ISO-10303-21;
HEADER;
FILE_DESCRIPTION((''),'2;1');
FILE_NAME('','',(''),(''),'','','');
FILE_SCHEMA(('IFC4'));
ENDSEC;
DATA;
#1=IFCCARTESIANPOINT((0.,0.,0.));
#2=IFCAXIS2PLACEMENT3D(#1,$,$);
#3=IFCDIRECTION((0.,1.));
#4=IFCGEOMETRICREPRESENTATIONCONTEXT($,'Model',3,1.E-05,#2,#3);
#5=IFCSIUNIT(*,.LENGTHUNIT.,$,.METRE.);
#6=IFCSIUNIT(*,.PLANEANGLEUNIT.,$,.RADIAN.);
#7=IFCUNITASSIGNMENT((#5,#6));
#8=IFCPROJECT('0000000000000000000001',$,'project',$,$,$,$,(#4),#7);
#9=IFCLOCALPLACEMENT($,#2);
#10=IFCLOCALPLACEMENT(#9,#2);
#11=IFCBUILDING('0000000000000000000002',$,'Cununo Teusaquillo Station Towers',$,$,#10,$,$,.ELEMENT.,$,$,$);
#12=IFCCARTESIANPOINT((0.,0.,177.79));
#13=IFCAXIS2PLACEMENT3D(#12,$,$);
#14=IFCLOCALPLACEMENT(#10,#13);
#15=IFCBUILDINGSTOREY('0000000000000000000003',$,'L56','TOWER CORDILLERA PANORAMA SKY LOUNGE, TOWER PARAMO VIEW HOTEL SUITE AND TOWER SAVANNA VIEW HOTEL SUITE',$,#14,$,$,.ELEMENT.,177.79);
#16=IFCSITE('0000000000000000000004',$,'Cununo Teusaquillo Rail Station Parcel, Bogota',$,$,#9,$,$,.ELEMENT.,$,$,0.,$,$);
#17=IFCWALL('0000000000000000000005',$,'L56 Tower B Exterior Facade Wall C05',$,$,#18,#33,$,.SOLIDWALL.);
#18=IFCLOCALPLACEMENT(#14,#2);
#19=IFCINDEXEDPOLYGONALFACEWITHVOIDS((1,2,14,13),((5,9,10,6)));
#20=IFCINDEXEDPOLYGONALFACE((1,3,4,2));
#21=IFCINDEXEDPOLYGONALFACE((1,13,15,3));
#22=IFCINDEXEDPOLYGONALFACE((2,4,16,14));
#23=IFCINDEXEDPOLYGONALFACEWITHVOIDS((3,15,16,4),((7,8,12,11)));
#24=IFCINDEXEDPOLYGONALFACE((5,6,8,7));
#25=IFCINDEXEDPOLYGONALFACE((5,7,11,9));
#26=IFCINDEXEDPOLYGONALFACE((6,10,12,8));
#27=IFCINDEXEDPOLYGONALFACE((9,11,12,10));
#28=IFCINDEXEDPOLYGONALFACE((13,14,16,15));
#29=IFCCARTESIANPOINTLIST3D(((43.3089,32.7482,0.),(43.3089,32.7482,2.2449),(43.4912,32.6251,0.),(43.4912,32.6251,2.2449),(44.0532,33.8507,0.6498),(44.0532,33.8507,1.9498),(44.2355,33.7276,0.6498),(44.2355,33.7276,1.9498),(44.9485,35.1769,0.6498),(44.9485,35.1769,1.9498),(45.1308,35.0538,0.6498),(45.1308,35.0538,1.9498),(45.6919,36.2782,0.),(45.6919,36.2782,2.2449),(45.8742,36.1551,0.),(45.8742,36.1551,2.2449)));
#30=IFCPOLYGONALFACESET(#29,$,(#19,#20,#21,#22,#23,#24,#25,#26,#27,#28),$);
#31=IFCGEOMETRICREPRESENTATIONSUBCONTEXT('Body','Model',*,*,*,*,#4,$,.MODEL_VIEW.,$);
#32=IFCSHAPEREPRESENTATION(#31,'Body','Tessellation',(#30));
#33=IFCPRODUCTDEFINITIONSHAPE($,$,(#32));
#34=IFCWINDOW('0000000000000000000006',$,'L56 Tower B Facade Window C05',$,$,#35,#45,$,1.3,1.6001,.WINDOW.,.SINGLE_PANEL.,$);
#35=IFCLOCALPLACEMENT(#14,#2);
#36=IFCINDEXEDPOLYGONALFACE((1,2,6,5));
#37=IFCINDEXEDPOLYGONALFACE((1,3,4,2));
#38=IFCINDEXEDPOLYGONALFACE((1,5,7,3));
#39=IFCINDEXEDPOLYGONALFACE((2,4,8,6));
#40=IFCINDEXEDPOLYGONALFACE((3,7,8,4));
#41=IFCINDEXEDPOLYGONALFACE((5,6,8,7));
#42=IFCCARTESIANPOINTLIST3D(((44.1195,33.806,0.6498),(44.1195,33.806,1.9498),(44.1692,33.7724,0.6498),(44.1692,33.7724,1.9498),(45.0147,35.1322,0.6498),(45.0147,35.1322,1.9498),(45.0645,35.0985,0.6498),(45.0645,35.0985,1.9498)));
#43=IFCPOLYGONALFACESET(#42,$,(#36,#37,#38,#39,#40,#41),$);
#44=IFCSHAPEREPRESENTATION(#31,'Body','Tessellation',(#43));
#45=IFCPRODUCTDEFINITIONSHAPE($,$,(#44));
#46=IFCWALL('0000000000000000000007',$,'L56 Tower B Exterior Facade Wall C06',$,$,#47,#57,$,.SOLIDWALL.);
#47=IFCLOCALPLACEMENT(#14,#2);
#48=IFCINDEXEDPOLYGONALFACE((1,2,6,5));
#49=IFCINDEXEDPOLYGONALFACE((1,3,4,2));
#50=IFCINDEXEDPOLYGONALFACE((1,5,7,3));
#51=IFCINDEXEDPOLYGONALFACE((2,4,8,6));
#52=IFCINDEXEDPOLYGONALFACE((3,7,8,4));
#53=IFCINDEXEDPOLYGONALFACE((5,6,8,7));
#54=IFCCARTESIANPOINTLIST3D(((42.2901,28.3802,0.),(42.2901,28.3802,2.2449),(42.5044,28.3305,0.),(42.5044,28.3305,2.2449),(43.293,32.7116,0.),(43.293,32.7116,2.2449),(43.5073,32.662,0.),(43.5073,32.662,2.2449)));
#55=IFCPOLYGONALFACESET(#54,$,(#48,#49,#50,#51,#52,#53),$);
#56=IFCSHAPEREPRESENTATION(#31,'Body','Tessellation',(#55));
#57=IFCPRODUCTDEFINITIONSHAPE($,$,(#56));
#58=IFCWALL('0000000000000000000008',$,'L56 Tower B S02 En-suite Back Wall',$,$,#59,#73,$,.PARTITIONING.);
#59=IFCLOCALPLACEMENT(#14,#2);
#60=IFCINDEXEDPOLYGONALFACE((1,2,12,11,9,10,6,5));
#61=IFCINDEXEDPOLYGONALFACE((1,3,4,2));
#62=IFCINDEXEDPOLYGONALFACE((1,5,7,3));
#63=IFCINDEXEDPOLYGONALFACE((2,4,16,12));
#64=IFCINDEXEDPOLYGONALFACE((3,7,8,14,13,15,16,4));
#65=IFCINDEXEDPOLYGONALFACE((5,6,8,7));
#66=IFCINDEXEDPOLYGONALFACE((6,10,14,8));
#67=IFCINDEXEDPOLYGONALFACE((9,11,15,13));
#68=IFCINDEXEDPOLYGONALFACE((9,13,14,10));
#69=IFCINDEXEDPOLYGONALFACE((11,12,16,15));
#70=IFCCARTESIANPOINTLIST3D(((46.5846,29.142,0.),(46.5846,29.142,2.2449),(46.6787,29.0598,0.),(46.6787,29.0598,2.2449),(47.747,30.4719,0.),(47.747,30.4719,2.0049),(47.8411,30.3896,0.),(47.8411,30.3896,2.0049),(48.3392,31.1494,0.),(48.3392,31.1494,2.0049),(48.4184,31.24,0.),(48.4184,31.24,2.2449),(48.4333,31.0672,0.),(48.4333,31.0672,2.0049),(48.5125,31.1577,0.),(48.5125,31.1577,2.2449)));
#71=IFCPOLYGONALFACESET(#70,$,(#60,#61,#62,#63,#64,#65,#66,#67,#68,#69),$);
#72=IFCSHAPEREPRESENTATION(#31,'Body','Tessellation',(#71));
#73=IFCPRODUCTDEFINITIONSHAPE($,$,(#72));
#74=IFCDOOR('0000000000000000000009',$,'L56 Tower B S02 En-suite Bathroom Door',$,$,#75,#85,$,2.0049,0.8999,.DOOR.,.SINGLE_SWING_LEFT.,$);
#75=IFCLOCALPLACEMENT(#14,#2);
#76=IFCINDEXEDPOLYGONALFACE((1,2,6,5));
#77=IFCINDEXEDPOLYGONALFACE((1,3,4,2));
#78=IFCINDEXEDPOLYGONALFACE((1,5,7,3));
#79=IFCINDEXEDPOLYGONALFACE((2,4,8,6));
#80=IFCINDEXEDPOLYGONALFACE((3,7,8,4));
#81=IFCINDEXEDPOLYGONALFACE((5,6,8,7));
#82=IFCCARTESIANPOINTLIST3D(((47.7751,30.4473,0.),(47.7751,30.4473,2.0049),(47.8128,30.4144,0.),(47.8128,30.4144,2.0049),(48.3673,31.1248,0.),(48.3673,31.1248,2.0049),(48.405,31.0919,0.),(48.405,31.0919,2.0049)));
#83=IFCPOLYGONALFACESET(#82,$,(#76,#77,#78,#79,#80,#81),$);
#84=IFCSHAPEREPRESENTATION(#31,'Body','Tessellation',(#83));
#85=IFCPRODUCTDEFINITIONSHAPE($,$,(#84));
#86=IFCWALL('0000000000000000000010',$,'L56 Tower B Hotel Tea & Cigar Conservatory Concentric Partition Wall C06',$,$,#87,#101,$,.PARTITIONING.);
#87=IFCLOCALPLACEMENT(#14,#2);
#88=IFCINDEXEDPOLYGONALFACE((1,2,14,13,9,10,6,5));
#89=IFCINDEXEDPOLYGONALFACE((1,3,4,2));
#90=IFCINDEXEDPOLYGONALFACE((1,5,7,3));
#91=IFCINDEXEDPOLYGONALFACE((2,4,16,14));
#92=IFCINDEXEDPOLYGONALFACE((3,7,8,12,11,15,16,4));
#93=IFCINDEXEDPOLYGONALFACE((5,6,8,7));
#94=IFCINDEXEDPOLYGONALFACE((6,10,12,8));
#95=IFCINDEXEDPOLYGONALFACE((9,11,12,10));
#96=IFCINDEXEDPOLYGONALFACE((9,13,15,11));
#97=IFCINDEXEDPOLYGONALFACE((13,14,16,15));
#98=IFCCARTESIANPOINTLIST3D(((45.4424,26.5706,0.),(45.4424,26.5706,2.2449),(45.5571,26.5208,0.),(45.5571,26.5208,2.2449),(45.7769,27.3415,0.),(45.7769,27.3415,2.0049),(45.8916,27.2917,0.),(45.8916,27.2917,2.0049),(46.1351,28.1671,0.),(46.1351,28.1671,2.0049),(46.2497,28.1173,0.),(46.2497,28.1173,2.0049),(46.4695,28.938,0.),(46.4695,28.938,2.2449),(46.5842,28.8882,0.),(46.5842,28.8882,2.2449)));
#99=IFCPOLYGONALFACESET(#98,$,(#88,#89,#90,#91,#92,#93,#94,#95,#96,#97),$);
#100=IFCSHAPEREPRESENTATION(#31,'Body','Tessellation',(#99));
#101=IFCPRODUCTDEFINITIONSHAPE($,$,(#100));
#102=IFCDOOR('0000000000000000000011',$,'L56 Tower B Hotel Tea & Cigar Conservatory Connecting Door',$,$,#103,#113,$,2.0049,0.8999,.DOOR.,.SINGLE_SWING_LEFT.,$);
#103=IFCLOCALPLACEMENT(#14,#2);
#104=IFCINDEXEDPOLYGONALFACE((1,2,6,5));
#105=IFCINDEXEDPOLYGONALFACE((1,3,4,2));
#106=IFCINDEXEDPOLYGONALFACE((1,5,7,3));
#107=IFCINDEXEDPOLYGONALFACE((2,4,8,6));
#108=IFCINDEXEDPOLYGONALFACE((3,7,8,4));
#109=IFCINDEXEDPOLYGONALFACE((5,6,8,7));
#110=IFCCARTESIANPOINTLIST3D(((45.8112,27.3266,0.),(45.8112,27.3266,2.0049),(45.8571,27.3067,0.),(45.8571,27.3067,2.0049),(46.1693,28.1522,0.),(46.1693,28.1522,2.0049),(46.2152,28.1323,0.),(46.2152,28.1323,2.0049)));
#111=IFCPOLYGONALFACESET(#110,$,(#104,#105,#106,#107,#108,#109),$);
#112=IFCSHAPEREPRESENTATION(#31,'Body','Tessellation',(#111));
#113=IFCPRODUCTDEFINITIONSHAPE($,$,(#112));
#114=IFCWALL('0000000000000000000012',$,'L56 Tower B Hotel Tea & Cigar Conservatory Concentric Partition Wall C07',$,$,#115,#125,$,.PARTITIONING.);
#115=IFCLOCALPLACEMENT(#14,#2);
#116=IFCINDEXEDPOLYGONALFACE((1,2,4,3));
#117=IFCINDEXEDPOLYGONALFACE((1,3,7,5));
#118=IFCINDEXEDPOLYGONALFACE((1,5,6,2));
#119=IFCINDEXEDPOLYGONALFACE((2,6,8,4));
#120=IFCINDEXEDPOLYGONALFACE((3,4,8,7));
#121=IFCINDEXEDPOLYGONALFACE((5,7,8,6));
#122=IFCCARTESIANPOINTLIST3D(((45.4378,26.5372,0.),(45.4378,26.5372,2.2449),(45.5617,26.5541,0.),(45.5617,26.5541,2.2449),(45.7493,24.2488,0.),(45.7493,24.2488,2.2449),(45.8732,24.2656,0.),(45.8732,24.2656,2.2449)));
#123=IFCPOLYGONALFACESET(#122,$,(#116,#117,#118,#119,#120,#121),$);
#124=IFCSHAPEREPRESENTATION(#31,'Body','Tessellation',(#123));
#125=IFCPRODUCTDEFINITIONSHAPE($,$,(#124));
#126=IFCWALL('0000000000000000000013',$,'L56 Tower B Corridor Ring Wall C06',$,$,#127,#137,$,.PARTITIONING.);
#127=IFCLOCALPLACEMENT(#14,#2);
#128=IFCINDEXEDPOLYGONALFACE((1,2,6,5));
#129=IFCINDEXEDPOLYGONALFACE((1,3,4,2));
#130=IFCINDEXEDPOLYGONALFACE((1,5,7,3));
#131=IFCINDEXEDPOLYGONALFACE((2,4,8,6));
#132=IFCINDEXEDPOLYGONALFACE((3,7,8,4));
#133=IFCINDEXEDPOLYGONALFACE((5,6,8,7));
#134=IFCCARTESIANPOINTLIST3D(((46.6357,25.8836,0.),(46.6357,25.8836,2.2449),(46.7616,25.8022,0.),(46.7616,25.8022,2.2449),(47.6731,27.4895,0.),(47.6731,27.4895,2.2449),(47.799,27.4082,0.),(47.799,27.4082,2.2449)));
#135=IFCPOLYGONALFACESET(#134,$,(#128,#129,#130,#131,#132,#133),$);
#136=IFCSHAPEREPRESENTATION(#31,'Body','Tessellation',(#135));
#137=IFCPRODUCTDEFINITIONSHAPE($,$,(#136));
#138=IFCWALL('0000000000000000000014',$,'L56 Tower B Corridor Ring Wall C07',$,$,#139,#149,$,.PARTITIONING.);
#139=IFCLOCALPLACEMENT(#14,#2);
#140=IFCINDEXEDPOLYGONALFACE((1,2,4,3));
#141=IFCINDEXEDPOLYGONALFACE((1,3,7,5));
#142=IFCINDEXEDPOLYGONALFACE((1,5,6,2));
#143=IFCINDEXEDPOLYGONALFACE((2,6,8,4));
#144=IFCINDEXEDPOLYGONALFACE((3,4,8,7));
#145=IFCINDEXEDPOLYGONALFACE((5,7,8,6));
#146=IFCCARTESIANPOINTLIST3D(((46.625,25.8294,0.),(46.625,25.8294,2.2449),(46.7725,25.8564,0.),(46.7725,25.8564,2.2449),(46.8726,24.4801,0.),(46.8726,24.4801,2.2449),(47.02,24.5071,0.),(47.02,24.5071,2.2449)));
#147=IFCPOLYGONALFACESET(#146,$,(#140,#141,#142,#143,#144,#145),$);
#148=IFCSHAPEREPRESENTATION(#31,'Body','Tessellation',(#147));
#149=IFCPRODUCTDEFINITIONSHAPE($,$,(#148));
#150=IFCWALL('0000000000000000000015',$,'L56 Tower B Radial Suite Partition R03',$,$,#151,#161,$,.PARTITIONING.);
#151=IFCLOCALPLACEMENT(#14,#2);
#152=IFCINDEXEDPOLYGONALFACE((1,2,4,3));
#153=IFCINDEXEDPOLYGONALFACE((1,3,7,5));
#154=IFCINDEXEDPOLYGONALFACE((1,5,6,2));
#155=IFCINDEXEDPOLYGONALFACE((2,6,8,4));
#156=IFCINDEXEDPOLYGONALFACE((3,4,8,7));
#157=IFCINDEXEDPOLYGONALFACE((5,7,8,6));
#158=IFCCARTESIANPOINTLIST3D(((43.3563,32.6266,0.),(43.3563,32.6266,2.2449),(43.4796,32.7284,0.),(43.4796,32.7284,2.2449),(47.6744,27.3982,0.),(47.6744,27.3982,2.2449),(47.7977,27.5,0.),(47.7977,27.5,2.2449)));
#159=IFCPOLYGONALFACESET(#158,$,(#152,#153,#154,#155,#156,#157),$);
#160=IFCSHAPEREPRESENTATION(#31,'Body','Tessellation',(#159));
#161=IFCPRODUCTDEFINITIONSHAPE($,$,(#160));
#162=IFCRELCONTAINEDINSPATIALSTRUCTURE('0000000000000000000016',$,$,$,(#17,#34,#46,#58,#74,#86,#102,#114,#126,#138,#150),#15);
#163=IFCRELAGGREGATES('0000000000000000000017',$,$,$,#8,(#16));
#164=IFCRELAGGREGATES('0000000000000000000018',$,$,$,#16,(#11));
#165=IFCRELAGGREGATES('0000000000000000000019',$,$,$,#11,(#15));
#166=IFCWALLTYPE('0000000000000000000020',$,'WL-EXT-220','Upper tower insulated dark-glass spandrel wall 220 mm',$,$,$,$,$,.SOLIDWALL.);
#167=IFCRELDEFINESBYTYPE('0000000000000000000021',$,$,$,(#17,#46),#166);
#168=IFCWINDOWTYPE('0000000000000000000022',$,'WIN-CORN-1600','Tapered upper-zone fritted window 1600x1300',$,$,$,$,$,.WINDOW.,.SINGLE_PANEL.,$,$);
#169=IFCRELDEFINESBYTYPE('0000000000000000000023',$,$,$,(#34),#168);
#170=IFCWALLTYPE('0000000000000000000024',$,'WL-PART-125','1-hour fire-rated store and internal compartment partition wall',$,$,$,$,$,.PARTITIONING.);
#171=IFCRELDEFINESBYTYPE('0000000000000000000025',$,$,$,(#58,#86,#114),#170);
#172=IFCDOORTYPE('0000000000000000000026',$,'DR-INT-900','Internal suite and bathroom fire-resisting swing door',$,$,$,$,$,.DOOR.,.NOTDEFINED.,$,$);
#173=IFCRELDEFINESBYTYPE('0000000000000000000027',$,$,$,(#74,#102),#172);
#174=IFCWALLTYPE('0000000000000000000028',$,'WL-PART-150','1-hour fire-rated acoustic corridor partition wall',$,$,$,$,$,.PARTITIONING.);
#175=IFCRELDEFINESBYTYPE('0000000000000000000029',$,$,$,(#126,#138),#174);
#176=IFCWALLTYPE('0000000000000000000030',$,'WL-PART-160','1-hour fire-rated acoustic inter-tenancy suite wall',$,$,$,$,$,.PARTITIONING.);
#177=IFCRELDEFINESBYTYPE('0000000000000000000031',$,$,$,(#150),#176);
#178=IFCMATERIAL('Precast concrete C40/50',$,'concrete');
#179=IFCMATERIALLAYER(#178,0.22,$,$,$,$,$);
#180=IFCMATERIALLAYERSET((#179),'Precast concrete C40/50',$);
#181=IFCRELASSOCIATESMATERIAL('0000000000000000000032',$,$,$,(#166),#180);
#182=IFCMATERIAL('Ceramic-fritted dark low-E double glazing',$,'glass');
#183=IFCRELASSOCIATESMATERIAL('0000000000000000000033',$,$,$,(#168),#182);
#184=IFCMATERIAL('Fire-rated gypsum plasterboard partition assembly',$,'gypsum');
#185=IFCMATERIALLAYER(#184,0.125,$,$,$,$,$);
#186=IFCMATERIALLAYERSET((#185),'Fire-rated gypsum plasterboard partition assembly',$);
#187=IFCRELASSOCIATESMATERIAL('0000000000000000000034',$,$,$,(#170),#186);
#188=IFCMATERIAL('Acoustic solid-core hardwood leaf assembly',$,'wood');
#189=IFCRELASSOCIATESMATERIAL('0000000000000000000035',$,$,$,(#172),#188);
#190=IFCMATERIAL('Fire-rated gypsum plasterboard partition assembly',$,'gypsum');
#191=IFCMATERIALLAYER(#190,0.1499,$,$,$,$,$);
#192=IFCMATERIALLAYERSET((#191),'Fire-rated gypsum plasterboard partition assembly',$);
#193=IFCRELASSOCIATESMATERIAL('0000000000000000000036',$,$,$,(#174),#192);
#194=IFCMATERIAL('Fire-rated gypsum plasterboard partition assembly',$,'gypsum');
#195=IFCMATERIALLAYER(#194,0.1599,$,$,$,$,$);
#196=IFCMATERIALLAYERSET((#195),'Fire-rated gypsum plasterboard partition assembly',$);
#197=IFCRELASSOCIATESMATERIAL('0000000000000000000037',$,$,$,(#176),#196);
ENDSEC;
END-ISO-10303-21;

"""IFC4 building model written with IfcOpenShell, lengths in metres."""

from ifc_helpers import new_model, si_unit, direction, frame, frame_2d, origin, place, context, subcontext, project, spatial, rectangle, extrude, source, transform, mapped, material, layer, layer_set, type_object, element, fill, save


model = new_model("IFC4")

# Units and contexts
model_context = context("Model", 3, precision=1e-05, world=origin(), true_north=direction((0.0, 1.0)))
body_context = subcontext(model_context, "Body", "Model", "MODEL_VIEW")
ifc_project = project(units=[si_unit("LENGTHUNIT", "METRE"), si_unit("PLANEANGLEUNIT", "RADIAN")], contexts=[model_context])

# Site, building, storey
site_placement = place(None, origin())
site = spatial("IfcSite", under=ifc_project, at=site_placement, Name="Cununo Teusaquillo Rail Station Parcel, Bogota", CompositionType="ELEMENT", RefElevation=0.0)
building_placement = place(site_placement, origin())
building = spatial("IfcBuilding", under=site, at=building_placement, Name="Cununo Teusaquillo Station Towers", CompositionType="ELEMENT")
storey_placement = place(building_placement, frame((0.0, 0.0, 177.79)))
storey = spatial("IfcBuildingStorey", under=building, at=storey_placement, Name="L56", Description="TOWER CORDILLERA PANORAMA SKY LOUNGE, TOWER PARAMO VIEW HOTEL SUITE AND TOWER SAVANNA VIEW HOTEL SUITE", CompositionType="ELEMENT", Elevation=177.79)

# Shared definitions
ifc_material_1 = material(Name="Precast concrete C40/50", Category="concrete")
ifc_layer_1 = layer(ifc_material_1, 0.22)
ifc_layer_set_1 = layer_set([ifc_layer_1], Name="Precast concrete C40/50")
wall_type_1 = type_object("IfcWallType", Name="WL-EXT-220", Description="Upper tower insulated dark-glass spandrel wall 220 mm", PredefinedType="SOLIDWALL", material=ifc_layer_set_1)

# Wall, opening, window
wall_1_placement = place(storey_placement, frame((43.4001, 32.6868, 0.0), z_axis=(0.0, 0.0, 1.0), x_axis=(0.559519, 0.828817, 0.0)))
wall_1 = element("IfcWall", 1, at=wall_1_placement, inside=storey, type_object=wall_type_1, Name="L56 Tower B Exterior Facade Wall C05", PredefinedType="SOLIDWALL", context=body_context, shape_type="SweptSolid", body=[
    extrude(rectangle(XDim=4.259, YDim=0.22, at=frame_2d((2.1294, 0.0))), origin(), (0.0, 0.0, 1.0), 2.2449),
])
shared_shape_1 = source(origin(), body_context, "Body", "SweptSolid", [
    extrude(rectangle(XDim=1.6001, YDim=1.3, at=frame_2d((0.8, 0.6499))), frame((0.0, 0.1199, 0.0), z_axis=(0.0, -1.0, 0.0), x_axis=(1.0, 0.0, 0.0)), (0.0, 0.0, 1.0), 0.24),
])
opening_1_placement = place(wall_1_placement, frame((1.3301, 0.0, 0.6499)))
opening_1 = element("IfcOpeningElement", 2, at=opening_1_placement, cuts=wall_1, PredefinedType="OPENING", context=body_context, shape_type="MappedRepresentation", body=[
    mapped(shared_shape_1, transform((0.0, 0.0, 0.0), x_axis=(1.0, 0.0, 0.0), y_axis=(0.0, 1.0, 0.0), z_axis=(0.0, 0.0, 1.0), scale=1.0)),
])
ifc_material_2 = material(Name="Ceramic-fritted dark low-E double glazing", Category="glass")
window_type = type_object("IfcWindowType", Name="WIN-CORN-1600", Description="Tapered upper-zone fritted window 1600x1300", PartitioningType="SINGLE_PANEL", PredefinedType="WINDOW", material=ifc_material_2)
shared_shape_2 = source(origin(), body_context, "Body", "SweptSolid", [
    extrude(rectangle(XDim=1.6001, YDim=1.3, at=frame_2d((0.8, 0.6499))), frame((0.0, 0.03, 0.0), z_axis=(0.0, -1.0, 0.0), x_axis=(1.0, 0.0, 0.0)), (0.0, 0.0, 1.0), 0.0601),
])
window_placement = place(opening_1_placement, origin())
window = element("IfcWindow", 3, at=window_placement, inside=storey, type_object=window_type, Name="L56 Tower B Facade Window C05", OverallHeight=1.3, OverallWidth=1.6001, PartitioningType="SINGLE_PANEL", PredefinedType="WINDOW", context=body_context, shape_type="MappedRepresentation", body=[
    mapped(shared_shape_2, transform((0.0, 0.0, 0.0), x_axis=(1.0, 0.0, 0.0), y_axis=(0.0, 1.0, 0.0), z_axis=(0.0, 0.0, 1.0), scale=1.0)),
])
fill(opening_1, window)

# Wall
wall_2_placement = place(storey_placement, frame((42.3972, 28.3552, 0.0), z_axis=(0.0, 0.0, 1.0), x_axis=(0.225573, 0.974226, 0.0)))
element("IfcWall", 4, at=wall_2_placement, inside=storey, type_object=wall_type_1, Name="L56 Tower B Exterior Facade Wall C06", PredefinedType="SOLIDWALL", context=body_context, shape_type="SweptSolid", body=[
    extrude(rectangle(XDim=4.446, YDim=0.22, at=frame_2d((2.2231, 0.0))), origin(), (0.0, 0.0, 1.0), 2.2449),
])

# Walls, openings, doors
ifc_material_3 = material(Name="Fire-rated gypsum plasterboard partition assembly", Category="gypsum")
ifc_layer_2 = layer(ifc_material_3, 0.125)
ifc_layer_set_2 = layer_set([ifc_layer_2], Name="Fire-rated gypsum plasterboard partition assembly")
wall_type_2 = type_object("IfcWallType", Name="WL-PART-125", Description="1-hour fire-rated store and internal compartment partition wall", PredefinedType="PARTITIONING", material=ifc_layer_set_2)
wall_3_placement = place(storey_placement, frame((48.4653, 31.1987, 0.0), z_axis=(0.0, 0.0, 1.0), x_axis=(-0.658114, -0.752919, 0.0)))
wall_3 = element("IfcWall", 5, at=wall_3_placement, inside=storey, type_object=wall_type_2, Name="L56 Tower B S02 En-suite Back Wall", PredefinedType="PARTITIONING", context=body_context, shape_type="SweptSolid", body=[
    extrude(rectangle(XDim=2.7864, YDim=0.125, at=frame_2d((1.3931, 0.0))), origin(), (0.0, 0.0, 1.0), 2.2449),
])
shared_shape_3 = source(origin(), body_context, "Body", "SweptSolid", [
    extrude(rectangle(XDim=0.8999, YDim=2.0049, at=frame_2d((0.45, 1.0024))), frame((0.0, 0.0725, 0.0), z_axis=(0.0, -1.0, 0.0), x_axis=(1.0, 0.0, 0.0)), (0.0, 0.0, 1.0), 0.145),
])
opening_2_placement = place(wall_3_placement, frame((0.1201, 0.0, 0.0)))
opening_2 = element("IfcOpeningElement", 6, at=opening_2_placement, cuts=wall_3, PredefinedType="OPENING", context=body_context, shape_type="MappedRepresentation", body=[
    mapped(shared_shape_3, transform((0.0, 0.0, 0.0), x_axis=(1.0, 0.0, 0.0), y_axis=(0.0, 1.0, 0.0), z_axis=(0.0, 0.0, 1.0), scale=1.0)),
])
ifc_material_4 = material(Name="Acoustic solid-core hardwood leaf assembly", Category="wood")
door_type_1 = type_object("IfcDoorType", Name="DR-INT-900", Description="Internal suite and bathroom fire-resisting swing door", OperationType="NOTDEFINED", PredefinedType="DOOR", material=ifc_material_4)
shared_shape_4 = source(origin(), body_context, "Body", "SweptSolid", [
    extrude(rectangle(XDim=0.8999, YDim=2.0049, at=frame_2d((0.45, 1.0024))), frame((0.0, 0.0249, 0.0), z_axis=(0.0, -1.0, 0.0), x_axis=(1.0, 0.0, 0.0)), (0.0, 0.0, 1.0), 0.05),
])
door_1_placement = place(opening_2_placement, origin())
door_1 = element("IfcDoor", 7, at=door_1_placement, inside=storey, type_object=door_type_1, Name="L56 Tower B S02 En-suite Bathroom Door", OperationType="SINGLE_SWING_LEFT", OverallHeight=2.0049, OverallWidth=0.8999, PredefinedType="DOOR", context=body_context, shape_type="MappedRepresentation", body=[
    mapped(shared_shape_4, transform((0.0, 0.0, 0.0), x_axis=(1.0, 0.0, 0.0), y_axis=(0.0, 1.0, 0.0), z_axis=(0.0, 0.0, 1.0), scale=1.0)),
])
fill(opening_2, door_1)
wall_4_placement = place(storey_placement, frame((46.5269, 28.9131, 0.0), z_axis=(0.0, 0.0, 1.0), x_axis=(-0.398003, -0.917384, 0.0)))
wall_4 = element("IfcWall", 8, at=wall_4_placement, inside=storey, type_object=wall_type_2, Name="L56 Tower B Hotel Tea & Cigar Conservatory Concentric Partition Wall C06", PredefinedType="PARTITIONING", context=body_context, shape_type="SweptSolid", body=[
    extrude(rectangle(XDim=2.5806, YDim=0.125, at=frame_2d((1.2903, 0.0))), origin(), (0.0, 0.0, 1.0), 2.2449),
])
opening_3_placement = place(wall_4_placement, frame((0.8403, 0.0, 0.0)))
opening_3 = element("IfcOpeningElement", 9, at=opening_3_placement, cuts=wall_4, PredefinedType="OPENING", context=body_context, shape_type="MappedRepresentation", body=[
    mapped(shared_shape_3, transform((0.0, 0.0, 0.0), x_axis=(1.0, 0.0, 0.0), y_axis=(0.0, 1.0, 0.0), z_axis=(0.0, 0.0, 1.0), scale=1.0)),
])
door_2_placement = place(opening_3_placement, origin())
door_2 = element("IfcDoor", 10, at=door_2_placement, inside=storey, type_object=door_type_1, Name="L56 Tower B Hotel Tea & Cigar Conservatory Connecting Door", OperationType="SINGLE_SWING_LEFT", OverallHeight=2.0049, OverallWidth=0.8999, PredefinedType="DOOR", context=body_context, shape_type="MappedRepresentation", body=[
    mapped(shared_shape_4, transform((0.0, 0.0, 0.0), x_axis=(1.0, 0.0, 0.0), y_axis=(0.0, 1.0, 0.0), z_axis=(0.0, 0.0, 1.0), scale=1.0)),
])
fill(opening_3, door_2)

# Walls
wall_5_placement = place(storey_placement, frame((45.4998, 26.5457, 0.0), z_axis=(0.0, 0.0, 1.0), x_axis=(0.134877, -0.990862, 0.0)))
element("IfcWall", 11, at=wall_5_placement, inside=storey, type_object=wall_type_2, Name="L56 Tower B Hotel Tea & Cigar Conservatory Concentric Partition Wall C07", PredefinedType="PARTITIONING", context=body_context, shape_type="SweptSolid", body=[
    extrude(rectangle(XDim=2.3096, YDim=0.125, at=frame_2d((1.1548, 0.0))), origin(), (0.0, 0.0, 1.0), 2.2449),
])
ifc_material_5 = material(Name="Fire-rated gypsum plasterboard partition assembly", Category="gypsum")
ifc_layer_3 = layer(ifc_material_5, 0.1499)
ifc_layer_set_3 = layer_set([ifc_layer_3], Name="Fire-rated gypsum plasterboard partition assembly")
wall_type_3 = type_object("IfcWallType", Name="WL-PART-150", Description="1-hour fire-rated acoustic corridor partition wall", PredefinedType="PARTITIONING", material=ifc_layer_set_3)
wall_6_placement = place(storey_placement, frame((47.7361, 27.449, 0.0), z_axis=(0.0, 0.0, 1.0), x_axis=(-0.542589, -0.839998, 0.0)))
element("IfcWall", 12, at=wall_6_placement, inside=storey, type_object=wall_type_3, Name="L56 Tower B Corridor Ring Wall C06", PredefinedType="PARTITIONING", context=body_context, shape_type="SweptSolid", body=[
    extrude(rectangle(XDim=1.9119, YDim=0.1499, at=frame_2d((0.9561, 0.0))), origin(), (0.0, 0.0, 1.0), 2.2449),
])
wall_7_placement = place(storey_placement, frame((46.6987, 25.843, 0.0), z_axis=(0.0, 0.0, 1.0), x_axis=(0.180451, -0.983584, 0.0)))
element("IfcWall", 13, at=wall_7_placement, inside=storey, type_object=wall_type_3, Name="L56 Tower B Corridor Ring Wall C07", PredefinedType="PARTITIONING", context=body_context, shape_type="SweptSolid", body=[
    extrude(rectangle(XDim=1.3718, YDim=0.1499, at=frame_2d((0.686, 0.0))), origin(), (0.0, 0.0, 1.0), 2.2449),
])
ifc_material_6 = material(Name="Fire-rated gypsum plasterboard partition assembly", Category="gypsum")
ifc_layer_4 = layer(ifc_material_6, 0.1599)
ifc_layer_set_4 = layer_set([ifc_layer_4], Name="Fire-rated gypsum plasterboard partition assembly")
wall_type_4 = type_object("IfcWallType", Name="WL-PART-160", Description="1-hour fire-rated acoustic inter-tenancy suite wall", PredefinedType="PARTITIONING", material=ifc_layer_set_4)
wall_8_placement = place(storey_placement, frame((47.7361, 27.449, 0.0), z_axis=(0.0, 0.0, 1.0), x_axis=(-0.636786, 0.771041, 0.0)))
element("IfcWall", 14, at=wall_8_placement, inside=storey, type_object=wall_type_4, Name="L56 Tower B Radial Suite Partition R03", PredefinedType="PARTITIONING", context=body_context, shape_type="SweptSolid", body=[
    extrude(rectangle(XDim=6.781, YDim=0.1599, at=frame_2d((3.3906, 0.0))), origin(), (0.0, 0.0, 1.0), 2.2449),
])

save(model, "model.ifc")
